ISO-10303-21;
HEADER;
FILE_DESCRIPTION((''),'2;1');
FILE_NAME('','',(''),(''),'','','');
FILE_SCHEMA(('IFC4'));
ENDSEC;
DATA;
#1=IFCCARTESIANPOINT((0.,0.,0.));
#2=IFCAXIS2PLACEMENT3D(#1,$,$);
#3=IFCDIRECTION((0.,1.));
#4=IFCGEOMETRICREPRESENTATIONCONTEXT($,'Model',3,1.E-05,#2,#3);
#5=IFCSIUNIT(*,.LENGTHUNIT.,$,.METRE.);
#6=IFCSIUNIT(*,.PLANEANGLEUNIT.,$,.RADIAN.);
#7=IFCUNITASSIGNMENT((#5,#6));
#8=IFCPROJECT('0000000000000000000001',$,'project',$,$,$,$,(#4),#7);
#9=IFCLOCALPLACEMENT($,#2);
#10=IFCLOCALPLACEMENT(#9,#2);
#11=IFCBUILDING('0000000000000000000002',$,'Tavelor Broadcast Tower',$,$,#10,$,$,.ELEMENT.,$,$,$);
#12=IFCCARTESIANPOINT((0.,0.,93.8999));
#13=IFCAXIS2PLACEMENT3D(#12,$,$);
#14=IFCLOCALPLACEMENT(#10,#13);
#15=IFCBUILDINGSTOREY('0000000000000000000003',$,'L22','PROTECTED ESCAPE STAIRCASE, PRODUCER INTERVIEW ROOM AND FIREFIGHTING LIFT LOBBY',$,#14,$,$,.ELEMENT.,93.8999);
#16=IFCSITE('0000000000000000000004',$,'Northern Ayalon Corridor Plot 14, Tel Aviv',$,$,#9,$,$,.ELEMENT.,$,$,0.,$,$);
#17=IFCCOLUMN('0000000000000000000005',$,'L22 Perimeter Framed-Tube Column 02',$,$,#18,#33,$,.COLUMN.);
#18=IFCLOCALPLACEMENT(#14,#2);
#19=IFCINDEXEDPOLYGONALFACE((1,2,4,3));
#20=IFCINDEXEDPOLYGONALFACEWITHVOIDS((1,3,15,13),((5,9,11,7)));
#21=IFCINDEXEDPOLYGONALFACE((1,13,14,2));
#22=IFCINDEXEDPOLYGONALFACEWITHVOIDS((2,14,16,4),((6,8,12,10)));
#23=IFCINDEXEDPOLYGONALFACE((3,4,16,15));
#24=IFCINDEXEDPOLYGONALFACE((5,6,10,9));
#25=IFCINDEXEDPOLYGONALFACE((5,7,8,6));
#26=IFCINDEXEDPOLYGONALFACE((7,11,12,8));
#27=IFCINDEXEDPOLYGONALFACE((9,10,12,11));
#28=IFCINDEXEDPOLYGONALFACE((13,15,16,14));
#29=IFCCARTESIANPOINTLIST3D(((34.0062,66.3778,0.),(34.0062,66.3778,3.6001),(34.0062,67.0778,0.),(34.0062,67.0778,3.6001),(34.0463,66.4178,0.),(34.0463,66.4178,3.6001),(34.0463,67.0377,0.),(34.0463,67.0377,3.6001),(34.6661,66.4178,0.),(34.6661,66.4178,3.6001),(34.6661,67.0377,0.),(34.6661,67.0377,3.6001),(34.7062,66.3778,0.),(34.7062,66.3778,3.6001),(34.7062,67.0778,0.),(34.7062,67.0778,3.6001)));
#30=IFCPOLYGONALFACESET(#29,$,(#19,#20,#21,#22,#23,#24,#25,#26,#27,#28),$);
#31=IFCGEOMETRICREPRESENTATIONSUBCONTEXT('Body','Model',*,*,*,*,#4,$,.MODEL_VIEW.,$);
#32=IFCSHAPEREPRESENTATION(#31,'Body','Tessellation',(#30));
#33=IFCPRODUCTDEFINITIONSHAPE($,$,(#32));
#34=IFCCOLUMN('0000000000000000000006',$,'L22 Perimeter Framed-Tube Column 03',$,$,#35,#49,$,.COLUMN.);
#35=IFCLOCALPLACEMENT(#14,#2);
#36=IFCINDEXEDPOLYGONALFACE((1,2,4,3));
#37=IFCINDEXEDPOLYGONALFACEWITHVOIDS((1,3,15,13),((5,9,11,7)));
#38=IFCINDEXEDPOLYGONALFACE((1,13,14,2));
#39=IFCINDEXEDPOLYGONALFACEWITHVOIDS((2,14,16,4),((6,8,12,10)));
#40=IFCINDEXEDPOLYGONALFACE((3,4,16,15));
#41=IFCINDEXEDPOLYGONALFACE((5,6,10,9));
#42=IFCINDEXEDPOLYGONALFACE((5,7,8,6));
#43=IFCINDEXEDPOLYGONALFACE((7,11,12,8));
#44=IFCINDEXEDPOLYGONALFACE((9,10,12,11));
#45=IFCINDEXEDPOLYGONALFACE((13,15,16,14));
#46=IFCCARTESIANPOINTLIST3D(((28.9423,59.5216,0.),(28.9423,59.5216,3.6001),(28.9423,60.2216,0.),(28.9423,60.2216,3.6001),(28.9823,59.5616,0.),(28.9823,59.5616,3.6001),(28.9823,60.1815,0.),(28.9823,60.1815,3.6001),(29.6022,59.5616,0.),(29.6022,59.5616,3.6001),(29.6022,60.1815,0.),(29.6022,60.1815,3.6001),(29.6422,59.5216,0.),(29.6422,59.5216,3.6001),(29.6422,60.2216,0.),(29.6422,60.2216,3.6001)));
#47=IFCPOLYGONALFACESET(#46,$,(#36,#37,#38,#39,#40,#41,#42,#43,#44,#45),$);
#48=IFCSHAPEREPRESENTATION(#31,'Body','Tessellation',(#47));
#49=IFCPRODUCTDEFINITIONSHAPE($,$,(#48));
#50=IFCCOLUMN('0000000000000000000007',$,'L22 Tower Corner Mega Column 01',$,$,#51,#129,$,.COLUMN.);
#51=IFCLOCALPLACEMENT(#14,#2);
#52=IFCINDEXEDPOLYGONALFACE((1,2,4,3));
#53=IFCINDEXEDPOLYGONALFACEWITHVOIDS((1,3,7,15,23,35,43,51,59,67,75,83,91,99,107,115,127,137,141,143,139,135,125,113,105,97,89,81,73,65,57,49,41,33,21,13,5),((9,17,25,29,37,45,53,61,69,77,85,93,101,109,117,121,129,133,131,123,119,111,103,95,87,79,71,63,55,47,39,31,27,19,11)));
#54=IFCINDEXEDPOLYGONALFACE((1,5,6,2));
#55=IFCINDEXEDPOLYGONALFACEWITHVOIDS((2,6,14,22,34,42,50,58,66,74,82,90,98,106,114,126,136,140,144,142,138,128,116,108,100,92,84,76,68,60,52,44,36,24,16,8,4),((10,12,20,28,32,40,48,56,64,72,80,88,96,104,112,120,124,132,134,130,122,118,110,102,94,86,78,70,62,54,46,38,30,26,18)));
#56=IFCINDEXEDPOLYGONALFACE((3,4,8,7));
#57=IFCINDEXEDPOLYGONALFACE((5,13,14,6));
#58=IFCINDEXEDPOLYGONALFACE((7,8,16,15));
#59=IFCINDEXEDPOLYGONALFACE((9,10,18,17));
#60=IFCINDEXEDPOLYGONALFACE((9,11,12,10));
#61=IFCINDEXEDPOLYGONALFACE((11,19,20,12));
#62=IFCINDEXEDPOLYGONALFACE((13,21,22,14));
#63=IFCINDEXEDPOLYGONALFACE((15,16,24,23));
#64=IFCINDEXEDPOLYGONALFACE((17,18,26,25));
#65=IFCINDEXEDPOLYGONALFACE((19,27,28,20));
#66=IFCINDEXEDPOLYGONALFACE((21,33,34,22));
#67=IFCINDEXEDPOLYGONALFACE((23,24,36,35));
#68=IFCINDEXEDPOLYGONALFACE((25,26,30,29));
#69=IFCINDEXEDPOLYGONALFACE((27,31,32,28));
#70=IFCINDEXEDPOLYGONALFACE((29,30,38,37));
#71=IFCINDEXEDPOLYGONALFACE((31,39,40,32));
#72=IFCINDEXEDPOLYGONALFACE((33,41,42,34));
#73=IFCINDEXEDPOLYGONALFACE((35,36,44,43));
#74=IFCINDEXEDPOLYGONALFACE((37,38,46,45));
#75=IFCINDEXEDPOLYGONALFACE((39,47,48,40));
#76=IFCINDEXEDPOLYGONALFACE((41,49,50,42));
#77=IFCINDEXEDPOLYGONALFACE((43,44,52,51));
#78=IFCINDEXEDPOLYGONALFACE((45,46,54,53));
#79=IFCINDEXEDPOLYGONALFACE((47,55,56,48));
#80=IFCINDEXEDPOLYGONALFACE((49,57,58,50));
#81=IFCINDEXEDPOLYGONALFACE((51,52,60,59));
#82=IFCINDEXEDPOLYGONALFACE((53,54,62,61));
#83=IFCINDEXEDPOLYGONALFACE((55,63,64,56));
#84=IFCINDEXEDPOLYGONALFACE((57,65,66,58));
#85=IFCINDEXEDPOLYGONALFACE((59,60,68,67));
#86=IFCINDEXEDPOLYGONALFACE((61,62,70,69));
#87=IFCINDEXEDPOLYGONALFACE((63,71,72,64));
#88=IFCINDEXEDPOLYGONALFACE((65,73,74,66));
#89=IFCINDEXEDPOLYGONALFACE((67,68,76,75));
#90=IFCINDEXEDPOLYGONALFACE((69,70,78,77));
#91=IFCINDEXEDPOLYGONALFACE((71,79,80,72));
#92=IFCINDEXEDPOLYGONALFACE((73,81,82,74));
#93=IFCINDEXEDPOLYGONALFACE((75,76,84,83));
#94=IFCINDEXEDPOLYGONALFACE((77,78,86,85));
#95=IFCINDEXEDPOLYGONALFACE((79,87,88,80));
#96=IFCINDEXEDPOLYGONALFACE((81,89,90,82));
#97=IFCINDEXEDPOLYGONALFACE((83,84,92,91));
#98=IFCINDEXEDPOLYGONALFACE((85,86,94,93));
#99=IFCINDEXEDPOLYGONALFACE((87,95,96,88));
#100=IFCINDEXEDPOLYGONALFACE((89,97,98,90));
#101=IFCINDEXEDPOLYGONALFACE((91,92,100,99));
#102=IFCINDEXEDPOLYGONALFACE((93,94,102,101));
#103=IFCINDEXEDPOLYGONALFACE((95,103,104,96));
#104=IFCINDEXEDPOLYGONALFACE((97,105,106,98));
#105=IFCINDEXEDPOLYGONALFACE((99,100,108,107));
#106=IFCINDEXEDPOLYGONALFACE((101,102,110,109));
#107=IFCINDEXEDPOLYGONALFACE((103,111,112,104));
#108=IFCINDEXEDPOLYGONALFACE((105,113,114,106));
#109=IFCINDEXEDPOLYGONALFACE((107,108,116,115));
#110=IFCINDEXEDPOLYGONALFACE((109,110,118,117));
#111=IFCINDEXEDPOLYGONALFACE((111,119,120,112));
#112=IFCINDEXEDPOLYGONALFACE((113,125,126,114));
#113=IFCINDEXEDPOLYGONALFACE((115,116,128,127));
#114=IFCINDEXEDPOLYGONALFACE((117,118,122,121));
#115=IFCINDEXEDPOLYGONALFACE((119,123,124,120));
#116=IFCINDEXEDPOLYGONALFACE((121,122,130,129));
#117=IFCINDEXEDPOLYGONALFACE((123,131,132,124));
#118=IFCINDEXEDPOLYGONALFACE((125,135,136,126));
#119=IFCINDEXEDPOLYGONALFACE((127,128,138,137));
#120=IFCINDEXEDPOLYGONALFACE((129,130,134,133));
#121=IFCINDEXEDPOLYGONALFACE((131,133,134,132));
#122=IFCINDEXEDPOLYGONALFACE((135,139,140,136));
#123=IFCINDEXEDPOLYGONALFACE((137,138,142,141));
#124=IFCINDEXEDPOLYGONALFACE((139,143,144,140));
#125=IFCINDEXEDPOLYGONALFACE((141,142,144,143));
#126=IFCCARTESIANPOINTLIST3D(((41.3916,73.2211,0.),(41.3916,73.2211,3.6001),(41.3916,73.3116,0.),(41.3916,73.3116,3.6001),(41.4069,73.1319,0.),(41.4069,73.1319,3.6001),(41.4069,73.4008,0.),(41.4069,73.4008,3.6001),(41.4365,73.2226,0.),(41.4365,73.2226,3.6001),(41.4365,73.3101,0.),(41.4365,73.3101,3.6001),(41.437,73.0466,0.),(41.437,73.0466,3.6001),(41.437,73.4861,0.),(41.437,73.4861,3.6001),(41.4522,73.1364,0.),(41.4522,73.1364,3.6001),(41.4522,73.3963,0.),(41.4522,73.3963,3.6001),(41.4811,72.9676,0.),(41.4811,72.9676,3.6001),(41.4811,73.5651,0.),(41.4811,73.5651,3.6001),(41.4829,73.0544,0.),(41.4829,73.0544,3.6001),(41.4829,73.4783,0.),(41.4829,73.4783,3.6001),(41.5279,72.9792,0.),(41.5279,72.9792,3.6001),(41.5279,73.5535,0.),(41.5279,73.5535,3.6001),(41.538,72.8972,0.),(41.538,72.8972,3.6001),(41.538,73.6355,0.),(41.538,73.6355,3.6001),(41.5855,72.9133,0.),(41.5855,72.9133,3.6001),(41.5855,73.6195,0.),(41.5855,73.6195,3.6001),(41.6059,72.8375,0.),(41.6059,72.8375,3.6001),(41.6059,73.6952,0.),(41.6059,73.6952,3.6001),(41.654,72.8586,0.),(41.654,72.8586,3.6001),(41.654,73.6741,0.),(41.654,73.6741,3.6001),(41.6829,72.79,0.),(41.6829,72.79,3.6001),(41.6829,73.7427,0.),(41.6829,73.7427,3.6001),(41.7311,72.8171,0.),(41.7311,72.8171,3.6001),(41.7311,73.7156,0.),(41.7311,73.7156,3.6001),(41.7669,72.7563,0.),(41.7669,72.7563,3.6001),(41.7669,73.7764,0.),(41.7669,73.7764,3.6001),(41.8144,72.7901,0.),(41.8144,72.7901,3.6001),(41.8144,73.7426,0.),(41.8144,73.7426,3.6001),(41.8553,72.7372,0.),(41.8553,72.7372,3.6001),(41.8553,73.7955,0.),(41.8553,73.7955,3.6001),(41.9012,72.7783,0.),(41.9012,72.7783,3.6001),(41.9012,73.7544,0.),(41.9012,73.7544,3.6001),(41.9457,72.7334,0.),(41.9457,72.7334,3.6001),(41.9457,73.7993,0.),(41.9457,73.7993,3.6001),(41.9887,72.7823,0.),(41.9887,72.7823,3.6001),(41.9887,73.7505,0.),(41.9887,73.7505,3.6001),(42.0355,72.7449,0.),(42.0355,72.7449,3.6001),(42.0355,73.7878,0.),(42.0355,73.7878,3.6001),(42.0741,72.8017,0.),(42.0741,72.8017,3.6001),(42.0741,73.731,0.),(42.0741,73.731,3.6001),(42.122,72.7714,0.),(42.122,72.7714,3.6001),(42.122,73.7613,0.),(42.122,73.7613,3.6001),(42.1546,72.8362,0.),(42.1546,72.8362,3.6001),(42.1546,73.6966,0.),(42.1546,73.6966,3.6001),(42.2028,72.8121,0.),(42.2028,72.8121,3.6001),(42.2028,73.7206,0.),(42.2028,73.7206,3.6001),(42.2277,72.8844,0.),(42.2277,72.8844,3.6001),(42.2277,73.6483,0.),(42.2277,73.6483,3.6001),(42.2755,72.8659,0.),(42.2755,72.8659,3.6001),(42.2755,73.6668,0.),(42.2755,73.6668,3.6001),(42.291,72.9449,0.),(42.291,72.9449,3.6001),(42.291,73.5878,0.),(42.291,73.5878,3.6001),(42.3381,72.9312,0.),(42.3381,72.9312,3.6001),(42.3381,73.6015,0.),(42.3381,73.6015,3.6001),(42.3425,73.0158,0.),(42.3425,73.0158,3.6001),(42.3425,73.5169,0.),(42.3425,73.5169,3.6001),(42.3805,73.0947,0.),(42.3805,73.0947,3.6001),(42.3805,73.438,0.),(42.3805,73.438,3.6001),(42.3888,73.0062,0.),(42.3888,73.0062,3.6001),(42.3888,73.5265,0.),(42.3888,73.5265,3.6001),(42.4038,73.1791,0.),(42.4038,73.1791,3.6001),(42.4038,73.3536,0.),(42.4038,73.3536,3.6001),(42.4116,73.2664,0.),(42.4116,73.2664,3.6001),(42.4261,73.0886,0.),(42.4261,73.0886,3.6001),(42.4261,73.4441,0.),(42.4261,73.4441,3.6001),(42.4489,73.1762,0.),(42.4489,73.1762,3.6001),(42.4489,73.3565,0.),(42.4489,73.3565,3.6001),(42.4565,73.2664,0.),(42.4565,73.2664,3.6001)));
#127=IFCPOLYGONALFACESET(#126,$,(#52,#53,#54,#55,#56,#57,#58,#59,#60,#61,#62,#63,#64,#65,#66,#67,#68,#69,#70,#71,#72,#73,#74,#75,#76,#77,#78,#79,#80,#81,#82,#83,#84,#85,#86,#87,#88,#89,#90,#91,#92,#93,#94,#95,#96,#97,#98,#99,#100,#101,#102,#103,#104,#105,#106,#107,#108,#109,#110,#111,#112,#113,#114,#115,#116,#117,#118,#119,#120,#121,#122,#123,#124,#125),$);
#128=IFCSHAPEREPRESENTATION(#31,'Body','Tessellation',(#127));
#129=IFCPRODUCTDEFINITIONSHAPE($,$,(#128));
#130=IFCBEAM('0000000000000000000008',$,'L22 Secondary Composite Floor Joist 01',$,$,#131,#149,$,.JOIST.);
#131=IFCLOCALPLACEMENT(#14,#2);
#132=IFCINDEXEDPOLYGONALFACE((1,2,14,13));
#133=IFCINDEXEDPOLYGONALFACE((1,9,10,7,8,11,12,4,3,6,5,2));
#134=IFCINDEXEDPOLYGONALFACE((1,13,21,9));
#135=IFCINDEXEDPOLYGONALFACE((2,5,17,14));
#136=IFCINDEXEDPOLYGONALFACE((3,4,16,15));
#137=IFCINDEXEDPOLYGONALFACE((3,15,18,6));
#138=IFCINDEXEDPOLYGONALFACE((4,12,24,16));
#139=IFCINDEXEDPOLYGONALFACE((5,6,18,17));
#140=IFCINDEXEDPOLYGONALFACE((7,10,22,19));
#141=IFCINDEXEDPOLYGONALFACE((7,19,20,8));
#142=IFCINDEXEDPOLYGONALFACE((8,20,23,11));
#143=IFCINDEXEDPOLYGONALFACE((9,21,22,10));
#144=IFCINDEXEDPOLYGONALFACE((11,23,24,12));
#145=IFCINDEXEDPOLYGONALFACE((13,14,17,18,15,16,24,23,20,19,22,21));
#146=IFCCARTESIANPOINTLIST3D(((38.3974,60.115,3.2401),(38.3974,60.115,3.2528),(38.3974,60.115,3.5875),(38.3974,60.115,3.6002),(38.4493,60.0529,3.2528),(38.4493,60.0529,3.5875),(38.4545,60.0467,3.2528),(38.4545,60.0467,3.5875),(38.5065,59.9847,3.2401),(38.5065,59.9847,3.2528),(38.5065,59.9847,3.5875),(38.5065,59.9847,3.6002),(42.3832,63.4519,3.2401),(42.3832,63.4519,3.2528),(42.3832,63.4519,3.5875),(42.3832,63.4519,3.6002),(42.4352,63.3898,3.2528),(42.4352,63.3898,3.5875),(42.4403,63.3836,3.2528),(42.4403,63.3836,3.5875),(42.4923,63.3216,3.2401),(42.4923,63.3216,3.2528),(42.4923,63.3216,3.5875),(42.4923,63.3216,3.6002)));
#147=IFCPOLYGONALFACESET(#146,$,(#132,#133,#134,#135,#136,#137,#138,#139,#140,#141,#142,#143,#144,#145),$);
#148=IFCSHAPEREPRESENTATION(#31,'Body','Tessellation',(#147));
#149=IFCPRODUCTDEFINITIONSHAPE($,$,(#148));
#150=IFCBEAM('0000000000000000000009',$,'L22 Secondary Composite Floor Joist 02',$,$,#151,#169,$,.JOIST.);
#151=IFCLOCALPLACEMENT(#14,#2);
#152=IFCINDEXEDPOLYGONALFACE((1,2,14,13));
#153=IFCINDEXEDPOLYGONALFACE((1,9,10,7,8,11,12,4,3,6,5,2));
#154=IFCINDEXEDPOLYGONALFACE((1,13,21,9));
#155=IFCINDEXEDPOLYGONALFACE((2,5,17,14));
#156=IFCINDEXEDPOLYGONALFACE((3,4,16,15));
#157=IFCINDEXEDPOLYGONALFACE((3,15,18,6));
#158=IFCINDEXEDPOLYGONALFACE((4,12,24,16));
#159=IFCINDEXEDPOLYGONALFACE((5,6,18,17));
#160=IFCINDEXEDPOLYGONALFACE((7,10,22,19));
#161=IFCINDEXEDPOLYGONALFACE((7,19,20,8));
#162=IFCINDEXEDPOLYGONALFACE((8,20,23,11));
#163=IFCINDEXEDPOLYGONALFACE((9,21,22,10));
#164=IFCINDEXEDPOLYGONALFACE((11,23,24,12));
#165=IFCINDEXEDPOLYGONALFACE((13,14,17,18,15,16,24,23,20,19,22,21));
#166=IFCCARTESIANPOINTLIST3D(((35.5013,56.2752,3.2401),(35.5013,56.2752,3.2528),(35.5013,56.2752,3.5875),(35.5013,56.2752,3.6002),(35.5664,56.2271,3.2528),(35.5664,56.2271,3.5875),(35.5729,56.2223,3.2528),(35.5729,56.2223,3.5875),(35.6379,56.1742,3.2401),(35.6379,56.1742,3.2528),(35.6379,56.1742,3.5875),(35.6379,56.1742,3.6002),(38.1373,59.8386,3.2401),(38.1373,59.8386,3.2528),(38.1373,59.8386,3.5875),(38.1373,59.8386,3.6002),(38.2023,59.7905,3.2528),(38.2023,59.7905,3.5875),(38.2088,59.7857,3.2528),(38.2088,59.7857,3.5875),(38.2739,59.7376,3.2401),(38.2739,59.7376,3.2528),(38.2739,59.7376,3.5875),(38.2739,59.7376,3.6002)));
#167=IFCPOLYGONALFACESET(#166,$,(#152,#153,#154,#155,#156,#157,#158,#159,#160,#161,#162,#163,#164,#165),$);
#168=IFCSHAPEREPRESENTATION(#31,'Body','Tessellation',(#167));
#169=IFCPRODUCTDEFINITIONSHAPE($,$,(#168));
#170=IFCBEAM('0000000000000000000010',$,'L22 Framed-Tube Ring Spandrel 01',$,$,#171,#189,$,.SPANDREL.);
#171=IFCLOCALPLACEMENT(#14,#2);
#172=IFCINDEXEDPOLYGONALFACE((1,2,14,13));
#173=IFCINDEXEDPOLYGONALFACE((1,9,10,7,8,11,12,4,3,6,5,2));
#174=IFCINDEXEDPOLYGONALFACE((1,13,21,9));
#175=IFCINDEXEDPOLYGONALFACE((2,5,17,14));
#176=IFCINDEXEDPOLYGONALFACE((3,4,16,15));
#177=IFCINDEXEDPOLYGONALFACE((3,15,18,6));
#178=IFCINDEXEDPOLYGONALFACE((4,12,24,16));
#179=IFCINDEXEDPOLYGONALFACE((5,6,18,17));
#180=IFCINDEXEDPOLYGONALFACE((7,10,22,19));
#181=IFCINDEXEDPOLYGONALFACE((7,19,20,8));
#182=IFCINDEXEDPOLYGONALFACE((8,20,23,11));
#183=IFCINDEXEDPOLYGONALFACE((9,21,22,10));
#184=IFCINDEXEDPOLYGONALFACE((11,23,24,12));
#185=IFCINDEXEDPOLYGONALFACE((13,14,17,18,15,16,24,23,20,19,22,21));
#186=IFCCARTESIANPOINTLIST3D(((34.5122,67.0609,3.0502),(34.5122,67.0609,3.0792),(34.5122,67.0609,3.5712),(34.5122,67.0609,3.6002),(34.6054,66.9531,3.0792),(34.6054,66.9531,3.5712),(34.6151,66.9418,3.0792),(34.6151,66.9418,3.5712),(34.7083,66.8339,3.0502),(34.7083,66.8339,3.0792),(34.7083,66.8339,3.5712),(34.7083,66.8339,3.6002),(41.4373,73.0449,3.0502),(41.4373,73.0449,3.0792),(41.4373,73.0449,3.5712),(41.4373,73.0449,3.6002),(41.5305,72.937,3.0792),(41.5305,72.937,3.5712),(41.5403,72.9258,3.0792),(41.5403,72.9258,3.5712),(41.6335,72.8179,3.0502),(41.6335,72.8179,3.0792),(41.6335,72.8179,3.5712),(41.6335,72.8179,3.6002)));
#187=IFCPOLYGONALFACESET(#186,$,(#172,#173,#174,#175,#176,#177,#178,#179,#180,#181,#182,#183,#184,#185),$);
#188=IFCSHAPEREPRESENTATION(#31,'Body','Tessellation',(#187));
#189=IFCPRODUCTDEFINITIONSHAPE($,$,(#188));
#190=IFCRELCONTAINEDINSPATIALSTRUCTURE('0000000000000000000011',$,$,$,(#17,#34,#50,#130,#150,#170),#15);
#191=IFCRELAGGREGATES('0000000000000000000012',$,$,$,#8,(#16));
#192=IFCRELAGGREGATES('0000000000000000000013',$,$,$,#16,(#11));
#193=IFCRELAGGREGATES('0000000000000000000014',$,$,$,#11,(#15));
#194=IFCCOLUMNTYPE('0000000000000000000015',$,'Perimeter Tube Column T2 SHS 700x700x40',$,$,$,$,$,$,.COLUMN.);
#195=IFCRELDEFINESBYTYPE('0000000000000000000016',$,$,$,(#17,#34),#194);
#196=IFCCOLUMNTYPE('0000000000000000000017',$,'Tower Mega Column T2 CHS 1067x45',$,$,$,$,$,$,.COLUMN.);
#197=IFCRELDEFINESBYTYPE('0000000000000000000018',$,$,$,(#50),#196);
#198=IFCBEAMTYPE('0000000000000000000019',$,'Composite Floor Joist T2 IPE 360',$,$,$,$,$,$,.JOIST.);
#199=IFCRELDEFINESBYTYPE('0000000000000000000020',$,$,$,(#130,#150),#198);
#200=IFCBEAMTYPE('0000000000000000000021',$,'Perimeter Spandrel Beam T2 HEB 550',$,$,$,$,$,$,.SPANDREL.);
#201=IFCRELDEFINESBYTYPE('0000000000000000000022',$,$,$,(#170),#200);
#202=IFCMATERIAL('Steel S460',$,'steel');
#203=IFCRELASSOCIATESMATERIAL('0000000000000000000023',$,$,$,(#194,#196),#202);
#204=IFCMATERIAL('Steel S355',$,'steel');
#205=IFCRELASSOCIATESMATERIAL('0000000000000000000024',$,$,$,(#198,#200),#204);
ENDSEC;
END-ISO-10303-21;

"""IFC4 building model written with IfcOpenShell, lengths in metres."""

from ifc_helpers import new_model, si_unit, direction, frame, origin, origin_2d, place, context, subcontext, project, spatial, hollow_rectangle, hollow_circle, i_section, extrude, material, material_profile, profile_set, type_object, element, save


model = new_model("IFC4")

# Units and contexts
model_context = context("Model", 3, precision=1e-05, world=origin(), true_north=direction((0.0, 1.0)))
body_context = subcontext(model_context, "Body", "Model", "MODEL_VIEW")
ifc_project = project(units=[si_unit("LENGTHUNIT", "METRE"), si_unit("PLANEANGLEUNIT", "RADIAN")], contexts=[model_context])

# Site, building, storey
site_placement = place(None, origin())
site = spatial("IfcSite", under=ifc_project, at=site_placement, Name="Northern Ayalon Corridor Plot 14, Tel Aviv", CompositionType="ELEMENT", RefElevation=0.0)
building_placement = place(site_placement, origin())
building = spatial("IfcBuilding", under=site, at=building_placement, Name="Tavelor Broadcast Tower", CompositionType="ELEMENT")
storey_placement = place(building_placement, frame((0.0, 0.0, 93.8999)))
storey = spatial("IfcBuildingStorey", under=building, at=storey_placement, Name="L22", Description="PROTECTED ESCAPE STAIRCASE, PRODUCER INTERVIEW ROOM AND FIREFIGHTING LIFT LOBBY", CompositionType="ELEMENT", Elevation=93.8999)

# Columns
ifc_material_1 = material(Name="Steel S460", Category="steel")
ifc_material_profile_1 = material_profile(ifc_material_1, hollow_rectangle(XDim=0.7, YDim=0.7, WallThickness=0.04, at=origin_2d()), Name="SHS 700x700x40")
ifc_profile_set_1 = profile_set([ifc_material_profile_1], Name="Steel S460")
column_type_1 = type_object("IfcColumnType", Name="Perimeter Tube Column T2 SHS 700x700x40", PredefinedType="COLUMN", material=ifc_profile_set_1)
for number, where, z_axis, x_axis, name in (
    (1, (34.3562, 66.7278, 0.0), (0.0, 0.0, 1.0), (1.0, 0.0, 0.0), "L22 Perimeter Framed-Tube Column 02"),
    (2, (29.2922, 59.8716, 0.0), (0.0, 0.0, 1.0), (1.0, 0.0, 0.0), "L22 Perimeter Framed-Tube Column 03"),
):
    element("IfcColumn", number, at=place(storey_placement, frame(where, z_axis=z_axis, x_axis=x_axis)), inside=storey, type_object=column_type_1, Name=name, PredefinedType="COLUMN", context=body_context, shape_type="SweptSolid", body=[
        extrude(hollow_rectangle(XDim=0.7, YDim=0.7, WallThickness=0.04, at=origin_2d()), origin(), (0.0, 0.0, 1.0), 3.6001),
    ])
ifc_material_profile_2 = material_profile(ifc_material_1, hollow_circle(Radius=0.5334, WallThickness=0.0449, at=origin_2d()), Name="CHS 1067x45")
ifc_profile_set_2 = profile_set([ifc_material_profile_2], Name="Steel S460")
column_type_2 = type_object("IfcColumnType", Name="Tower Mega Column T2 CHS 1067x45", PredefinedType="COLUMN", material=ifc_profile_set_2)
column_placement = place(storey_placement, frame((41.9231, 73.2664, 0.0), z_axis=(0.0, 0.0, 1.0), x_axis=(1.0, 0.0, 0.0)))
element("IfcColumn", 3, at=column_placement, inside=storey, type_object=column_type_2, Name="L22 Tower Corner Mega Column 01", PredefinedType="COLUMN", context=body_context, shape_type="SweptSolid", body=[
    extrude(hollow_circle(Radius=0.5334, WallThickness=0.0449, at=origin_2d()), origin(), (0.0, 0.0, 1.0), 3.6001),
])

# Beams
ifc_material_2 = material(Name="Steel S355", Category="steel")
ifc_material_profile_3 = material_profile(ifc_material_2, i_section(OverallWidth=0.1699, OverallDepth=0.3601, WebThickness=0.0081, FlangeThickness=0.0127, at=origin_2d()), Name="IPE 360")
ifc_profile_set_3 = profile_set([ifc_material_profile_3], Name="Steel S355")
beam_type_1 = type_object("IfcBeamType", Name="Composite Floor Joist T2 IPE 360", PredefinedType="JOIST", material=ifc_profile_set_3)
beam_1_placement = place(storey_placement, frame((42.4377, 63.3867, 3.4202), z_axis=(-0.766764, -0.641929, 0.0), x_axis=(0.641929, -0.766764, 0.0)))
element("IfcBeam", 4, at=beam_1_placement, inside=storey, type_object=beam_type_1, Name="L22 Secondary Composite Floor Joist 01", PredefinedType="JOIST", context=body_context, shape_type="SweptSolid", body=[
    extrude(i_section(OverallWidth=0.1699, OverallDepth=0.3601, WebThickness=0.0081, FlangeThickness=0.0127, at=origin_2d()), origin(), (0.0, 0.0, 1.0), 5.1982),
])
beam_2_placement = place(storey_placement, frame((38.2056, 59.7881, 3.4202), z_axis=(-0.594699, -0.803948, 0.0), x_axis=(0.803948, -0.594699, 0.0)))
element("IfcBeam", 5, at=beam_2_placement, inside=storey, type_object=beam_type_1, Name="L22 Secondary Composite Floor Joist 02", PredefinedType="JOIST", context=body_context, shape_type="SweptSolid", body=[
    extrude(i_section(OverallWidth=0.1699, OverallDepth=0.3601, WebThickness=0.0081, FlangeThickness=0.0127, at=origin_2d()), origin(), (0.0, 0.0, 1.0), 4.4324),
])
ifc_material_profile_4 = material_profile(ifc_material_2, i_section(OverallWidth=0.3, OverallDepth=0.55, WebThickness=0.0149, FlangeThickness=0.0291, at=origin_2d()), Name="HEB 550")
ifc_profile_set_4 = profile_set([ifc_material_profile_4], Name="Steel S355")
beam_type_2 = type_object("IfcBeamType", Name="Perimeter Spandrel Beam T2 HEB 550", PredefinedType="SPANDREL", material=ifc_profile_set_4)
beam_3_placement = place(storey_placement, frame((41.5354, 72.9314, 3.3252), z_axis=(-0.756652, -0.653818, 0.0), x_axis=(0.653818, -0.756652, 0.0)))
element("IfcBeam", 6, at=beam_3_placement, inside=storey, type_object=beam_type_2, Name="L22 Framed-Tube Ring Spandrel 01", PredefinedType="SPANDREL", context=body_context, shape_type="SweptSolid", body=[
    extrude(i_section(OverallWidth=0.3, OverallDepth=0.55, WebThickness=0.0149, FlangeThickness=0.0291, at=origin_2d()), origin(), (0.0, 0.0, 1.0), 9.1523),
])

save(model, "model.ifc")
